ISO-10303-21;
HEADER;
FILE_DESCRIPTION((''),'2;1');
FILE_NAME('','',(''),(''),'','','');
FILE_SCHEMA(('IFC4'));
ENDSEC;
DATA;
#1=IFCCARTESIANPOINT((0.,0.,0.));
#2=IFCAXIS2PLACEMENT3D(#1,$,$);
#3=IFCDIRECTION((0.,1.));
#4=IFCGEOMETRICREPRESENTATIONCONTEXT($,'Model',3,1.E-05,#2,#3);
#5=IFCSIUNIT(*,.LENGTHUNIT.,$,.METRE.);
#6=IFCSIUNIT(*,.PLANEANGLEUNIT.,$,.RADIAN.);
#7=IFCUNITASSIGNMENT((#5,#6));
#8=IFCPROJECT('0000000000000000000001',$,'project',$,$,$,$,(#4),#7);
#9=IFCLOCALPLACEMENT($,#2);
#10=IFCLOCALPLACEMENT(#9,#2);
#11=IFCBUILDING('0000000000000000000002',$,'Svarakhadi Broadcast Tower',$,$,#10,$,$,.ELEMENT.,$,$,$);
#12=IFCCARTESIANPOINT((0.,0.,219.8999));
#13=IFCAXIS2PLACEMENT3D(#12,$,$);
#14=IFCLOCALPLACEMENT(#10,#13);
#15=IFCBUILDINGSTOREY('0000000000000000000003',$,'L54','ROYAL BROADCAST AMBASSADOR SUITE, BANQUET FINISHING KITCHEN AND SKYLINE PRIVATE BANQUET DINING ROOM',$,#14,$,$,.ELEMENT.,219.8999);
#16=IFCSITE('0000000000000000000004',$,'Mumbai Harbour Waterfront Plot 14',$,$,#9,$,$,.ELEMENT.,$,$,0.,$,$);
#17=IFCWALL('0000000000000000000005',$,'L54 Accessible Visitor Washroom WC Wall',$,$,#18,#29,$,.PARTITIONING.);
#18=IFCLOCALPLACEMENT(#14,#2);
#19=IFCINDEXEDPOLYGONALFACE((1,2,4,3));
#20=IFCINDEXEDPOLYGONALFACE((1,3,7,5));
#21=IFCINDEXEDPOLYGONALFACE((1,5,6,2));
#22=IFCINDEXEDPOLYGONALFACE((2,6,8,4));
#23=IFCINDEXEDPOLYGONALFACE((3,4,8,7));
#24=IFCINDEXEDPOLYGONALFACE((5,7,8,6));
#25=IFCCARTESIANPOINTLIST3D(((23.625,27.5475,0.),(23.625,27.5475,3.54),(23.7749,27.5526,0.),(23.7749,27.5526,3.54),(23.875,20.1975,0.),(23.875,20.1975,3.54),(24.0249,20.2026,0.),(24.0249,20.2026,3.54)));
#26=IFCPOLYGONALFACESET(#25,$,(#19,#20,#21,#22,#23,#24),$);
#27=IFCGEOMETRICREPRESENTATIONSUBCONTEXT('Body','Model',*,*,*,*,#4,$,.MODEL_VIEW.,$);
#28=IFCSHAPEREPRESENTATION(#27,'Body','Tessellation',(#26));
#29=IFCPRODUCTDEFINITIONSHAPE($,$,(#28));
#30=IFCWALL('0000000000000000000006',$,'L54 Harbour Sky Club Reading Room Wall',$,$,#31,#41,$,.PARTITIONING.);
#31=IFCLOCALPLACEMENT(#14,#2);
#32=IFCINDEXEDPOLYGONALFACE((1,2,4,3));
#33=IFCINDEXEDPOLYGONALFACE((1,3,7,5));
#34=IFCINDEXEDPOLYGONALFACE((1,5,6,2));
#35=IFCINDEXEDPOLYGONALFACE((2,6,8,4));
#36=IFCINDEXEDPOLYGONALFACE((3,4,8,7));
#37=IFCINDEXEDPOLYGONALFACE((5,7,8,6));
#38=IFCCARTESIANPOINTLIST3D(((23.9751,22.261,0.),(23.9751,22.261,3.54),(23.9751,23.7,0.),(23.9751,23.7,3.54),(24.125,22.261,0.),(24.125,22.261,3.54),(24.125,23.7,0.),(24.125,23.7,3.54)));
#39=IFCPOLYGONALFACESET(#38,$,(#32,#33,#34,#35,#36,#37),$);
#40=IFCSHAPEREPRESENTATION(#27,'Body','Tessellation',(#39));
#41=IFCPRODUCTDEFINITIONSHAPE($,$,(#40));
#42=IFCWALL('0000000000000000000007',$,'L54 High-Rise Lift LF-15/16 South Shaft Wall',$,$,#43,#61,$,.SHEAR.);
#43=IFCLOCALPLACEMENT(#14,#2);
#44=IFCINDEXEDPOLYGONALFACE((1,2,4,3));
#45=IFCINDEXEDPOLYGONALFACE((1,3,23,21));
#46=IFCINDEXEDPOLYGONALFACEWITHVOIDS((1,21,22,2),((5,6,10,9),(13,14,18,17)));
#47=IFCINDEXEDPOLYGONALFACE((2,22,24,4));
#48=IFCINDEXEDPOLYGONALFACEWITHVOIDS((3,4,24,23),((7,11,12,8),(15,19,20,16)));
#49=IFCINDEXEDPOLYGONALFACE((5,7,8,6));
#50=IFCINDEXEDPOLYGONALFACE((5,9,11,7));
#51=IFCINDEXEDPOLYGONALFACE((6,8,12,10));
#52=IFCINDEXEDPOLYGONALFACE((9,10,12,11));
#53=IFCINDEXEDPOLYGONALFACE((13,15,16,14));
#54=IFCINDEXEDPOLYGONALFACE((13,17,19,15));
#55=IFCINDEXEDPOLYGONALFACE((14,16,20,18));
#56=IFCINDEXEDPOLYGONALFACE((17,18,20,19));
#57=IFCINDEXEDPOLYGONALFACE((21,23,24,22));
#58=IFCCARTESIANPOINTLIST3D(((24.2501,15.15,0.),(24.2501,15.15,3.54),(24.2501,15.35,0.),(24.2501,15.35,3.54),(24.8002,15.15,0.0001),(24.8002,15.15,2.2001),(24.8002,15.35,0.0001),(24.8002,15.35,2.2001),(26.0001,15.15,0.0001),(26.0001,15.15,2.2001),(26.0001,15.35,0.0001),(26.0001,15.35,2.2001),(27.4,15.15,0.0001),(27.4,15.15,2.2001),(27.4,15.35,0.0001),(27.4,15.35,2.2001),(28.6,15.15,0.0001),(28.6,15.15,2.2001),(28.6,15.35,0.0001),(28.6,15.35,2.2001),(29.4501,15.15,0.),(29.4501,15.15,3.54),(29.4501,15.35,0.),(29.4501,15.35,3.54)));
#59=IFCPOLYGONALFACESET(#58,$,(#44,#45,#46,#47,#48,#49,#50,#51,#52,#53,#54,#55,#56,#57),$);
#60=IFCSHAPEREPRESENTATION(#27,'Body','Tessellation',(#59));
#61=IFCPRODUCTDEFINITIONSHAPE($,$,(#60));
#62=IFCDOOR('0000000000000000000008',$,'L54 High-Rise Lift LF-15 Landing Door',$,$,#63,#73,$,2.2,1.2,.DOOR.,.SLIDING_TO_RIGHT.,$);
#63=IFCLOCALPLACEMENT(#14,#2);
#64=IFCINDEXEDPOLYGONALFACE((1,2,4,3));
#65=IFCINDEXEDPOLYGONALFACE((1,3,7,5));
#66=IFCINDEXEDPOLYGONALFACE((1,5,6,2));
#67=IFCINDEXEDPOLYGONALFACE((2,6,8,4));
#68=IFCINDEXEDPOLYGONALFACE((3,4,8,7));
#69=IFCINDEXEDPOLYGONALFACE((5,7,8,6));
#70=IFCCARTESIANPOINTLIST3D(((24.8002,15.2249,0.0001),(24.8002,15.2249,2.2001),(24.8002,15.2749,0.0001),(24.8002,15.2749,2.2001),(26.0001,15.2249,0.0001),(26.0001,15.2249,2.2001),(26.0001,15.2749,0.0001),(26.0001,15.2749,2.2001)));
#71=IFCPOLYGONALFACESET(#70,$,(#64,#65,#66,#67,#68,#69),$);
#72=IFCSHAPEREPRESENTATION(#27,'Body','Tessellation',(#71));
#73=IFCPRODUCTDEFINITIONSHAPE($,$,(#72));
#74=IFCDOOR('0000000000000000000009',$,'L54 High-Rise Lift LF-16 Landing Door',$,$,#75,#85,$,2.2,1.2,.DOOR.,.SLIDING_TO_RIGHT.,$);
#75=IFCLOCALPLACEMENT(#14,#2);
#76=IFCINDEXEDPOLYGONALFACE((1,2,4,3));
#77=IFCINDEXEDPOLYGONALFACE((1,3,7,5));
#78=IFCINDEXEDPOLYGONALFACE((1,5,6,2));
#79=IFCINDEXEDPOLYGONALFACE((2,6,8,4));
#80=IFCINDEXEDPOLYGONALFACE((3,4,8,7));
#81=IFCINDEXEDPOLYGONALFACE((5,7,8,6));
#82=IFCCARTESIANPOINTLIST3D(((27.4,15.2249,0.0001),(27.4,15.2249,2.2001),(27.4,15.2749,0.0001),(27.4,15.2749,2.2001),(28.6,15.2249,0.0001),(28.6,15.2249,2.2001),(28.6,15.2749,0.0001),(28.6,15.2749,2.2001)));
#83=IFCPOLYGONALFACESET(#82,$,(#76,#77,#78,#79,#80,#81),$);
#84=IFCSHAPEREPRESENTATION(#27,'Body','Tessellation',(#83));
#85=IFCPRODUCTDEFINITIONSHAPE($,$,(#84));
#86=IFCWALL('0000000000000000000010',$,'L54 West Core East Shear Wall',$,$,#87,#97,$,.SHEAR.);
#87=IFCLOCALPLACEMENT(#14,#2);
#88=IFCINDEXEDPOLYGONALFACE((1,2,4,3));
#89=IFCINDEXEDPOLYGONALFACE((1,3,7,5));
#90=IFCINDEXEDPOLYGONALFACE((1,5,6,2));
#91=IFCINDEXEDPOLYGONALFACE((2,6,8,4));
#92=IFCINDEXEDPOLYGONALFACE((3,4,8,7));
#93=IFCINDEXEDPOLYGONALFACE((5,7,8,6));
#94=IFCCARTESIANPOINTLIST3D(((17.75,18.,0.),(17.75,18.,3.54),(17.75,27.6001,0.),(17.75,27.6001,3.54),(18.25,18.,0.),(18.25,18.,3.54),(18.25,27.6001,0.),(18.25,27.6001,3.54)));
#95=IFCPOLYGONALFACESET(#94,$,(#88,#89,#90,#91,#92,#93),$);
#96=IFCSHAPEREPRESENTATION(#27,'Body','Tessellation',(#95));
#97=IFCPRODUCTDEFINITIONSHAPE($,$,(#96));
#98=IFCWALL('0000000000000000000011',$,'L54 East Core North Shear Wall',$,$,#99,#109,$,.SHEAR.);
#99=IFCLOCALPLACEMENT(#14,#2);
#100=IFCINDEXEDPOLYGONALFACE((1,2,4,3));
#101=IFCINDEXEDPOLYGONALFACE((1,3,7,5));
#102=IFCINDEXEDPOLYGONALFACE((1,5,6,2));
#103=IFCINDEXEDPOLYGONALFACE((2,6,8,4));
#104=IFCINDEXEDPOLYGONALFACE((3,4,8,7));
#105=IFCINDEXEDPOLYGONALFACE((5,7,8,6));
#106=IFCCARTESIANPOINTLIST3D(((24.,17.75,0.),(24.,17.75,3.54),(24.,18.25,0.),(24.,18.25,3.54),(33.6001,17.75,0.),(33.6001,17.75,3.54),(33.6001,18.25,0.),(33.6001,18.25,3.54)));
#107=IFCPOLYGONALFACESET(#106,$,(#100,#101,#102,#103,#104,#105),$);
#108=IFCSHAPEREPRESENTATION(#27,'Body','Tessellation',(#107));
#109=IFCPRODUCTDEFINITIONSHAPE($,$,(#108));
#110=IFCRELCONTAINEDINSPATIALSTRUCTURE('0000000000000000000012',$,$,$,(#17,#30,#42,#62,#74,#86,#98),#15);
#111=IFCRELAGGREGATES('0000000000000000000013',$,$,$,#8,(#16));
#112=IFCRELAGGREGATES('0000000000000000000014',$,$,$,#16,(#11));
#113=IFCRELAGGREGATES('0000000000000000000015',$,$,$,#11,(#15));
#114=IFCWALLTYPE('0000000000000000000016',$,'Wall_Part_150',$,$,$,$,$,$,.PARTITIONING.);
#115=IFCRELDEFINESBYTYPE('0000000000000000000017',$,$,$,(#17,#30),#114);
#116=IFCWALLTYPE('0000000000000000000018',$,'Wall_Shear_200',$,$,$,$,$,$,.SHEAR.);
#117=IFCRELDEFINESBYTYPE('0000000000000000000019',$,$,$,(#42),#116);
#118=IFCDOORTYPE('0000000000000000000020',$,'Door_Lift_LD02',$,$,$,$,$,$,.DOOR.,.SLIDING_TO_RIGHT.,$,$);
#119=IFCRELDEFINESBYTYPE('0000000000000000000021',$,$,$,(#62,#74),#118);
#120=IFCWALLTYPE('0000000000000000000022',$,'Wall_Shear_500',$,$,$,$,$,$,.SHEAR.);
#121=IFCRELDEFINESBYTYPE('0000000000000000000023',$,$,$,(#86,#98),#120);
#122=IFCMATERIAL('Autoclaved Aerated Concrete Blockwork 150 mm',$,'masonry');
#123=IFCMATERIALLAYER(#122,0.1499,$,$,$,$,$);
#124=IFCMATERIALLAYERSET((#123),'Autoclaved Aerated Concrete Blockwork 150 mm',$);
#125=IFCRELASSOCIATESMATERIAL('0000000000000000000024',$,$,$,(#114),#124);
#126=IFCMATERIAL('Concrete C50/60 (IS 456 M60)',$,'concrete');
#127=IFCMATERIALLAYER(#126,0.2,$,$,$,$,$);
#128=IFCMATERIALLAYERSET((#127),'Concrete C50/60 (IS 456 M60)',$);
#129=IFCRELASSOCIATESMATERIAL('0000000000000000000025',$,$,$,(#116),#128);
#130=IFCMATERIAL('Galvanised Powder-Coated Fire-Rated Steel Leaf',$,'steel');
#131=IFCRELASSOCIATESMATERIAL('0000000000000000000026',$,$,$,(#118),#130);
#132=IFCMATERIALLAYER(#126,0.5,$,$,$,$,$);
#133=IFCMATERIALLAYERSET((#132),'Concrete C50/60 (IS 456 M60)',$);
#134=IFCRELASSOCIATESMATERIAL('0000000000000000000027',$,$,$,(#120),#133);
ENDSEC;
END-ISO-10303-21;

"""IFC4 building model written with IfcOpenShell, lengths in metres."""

from ifc_helpers import new_model, si_unit, direction, frame, frame_2d, origin, place, context, subcontext, project, spatial, rectangle, extrude, material, layer, layer_set, type_object, element, fill, save


model = new_model("IFC4")

# Units and contexts
model_context = context("Model", 3, precision=1e-05, world=origin(), true_north=direction((0.0, 1.0)))
body_context = subcontext(model_context, "Body", "Model", "MODEL_VIEW")
ifc_project = project(units=[si_unit("LENGTHUNIT", "METRE"), si_unit("PLANEANGLEUNIT", "RADIAN")], contexts=[model_context])

# Site, building, storey
site_placement = place(None, origin())
site = spatial("IfcSite", under=ifc_project, at=site_placement, Name="Mumbai Harbour Waterfront Plot 14", CompositionType="ELEMENT", RefElevation=0.0)
building_placement = place(site_placement, origin())
building = spatial("IfcBuilding", under=site, at=building_placement, Name="Svarakhadi Broadcast Tower", CompositionType="ELEMENT")
storey_placement = place(building_placement, frame((0.0, 0.0, 219.8999)))
storey = spatial("IfcBuildingStorey", under=building, at=storey_placement, Name="L54", Description="ROYAL BROADCAST AMBASSADOR SUITE, BANQUET FINISHING KITCHEN AND SKYLINE PRIVATE BANQUET DINING ROOM", CompositionType="ELEMENT", Elevation=219.8999)

# Shared definitions
ifc_material_1 = material(Name="Concrete C50/60 (IS 456 M60)", Category="concrete")

# Walls
ifc_material_2 = material(Name="Autoclaved Aerated Concrete Blockwork 150 mm", Category="masonry")
ifc_layer_1 = layer(ifc_material_2, 0.1499)
ifc_layer_set_1 = layer_set([ifc_layer_1], Name="Autoclaved Aerated Concrete Blockwork 150 mm")
wall_type_1 = type_object("IfcWallType", Name="Wall_Part_150", PredefinedType="PARTITIONING", material=ifc_layer_set_1)
wall_1_placement = place(storey_placement, frame((23.95, 20.2, 0.0), z_axis=(0.0, 0.0, 1.0), x_axis=(-0.033993, 0.999422, 0.0)))
element("IfcWall", 1, at=wall_1_placement, inside=storey, type_object=wall_type_1, Name="L54 Accessible Visitor Washroom WC Wall", PredefinedType="PARTITIONING", context=body_context, shape_type="SweptSolid", body=[
    extrude(rectangle(XDim=7.3542, YDim=0.1499, at=frame_2d((3.6772, 0.0))), origin(), (0.0, 0.0, 1.0), 3.54),
])
wall_2_placement = place(storey_placement, frame((24.05, 22.261, 0.0), z_axis=(0.0, 0.0, 1.0), x_axis=(0.0, 1.0, 0.0)))
element("IfcWall", 2, at=wall_2_placement, inside=storey, type_object=wall_type_1, Name="L54 Harbour Sky Club Reading Room Wall", PredefinedType="PARTITIONING", context=body_context, shape_type="SweptSolid", body=[
    extrude(rectangle(XDim=1.439, YDim=0.1499, at=frame_2d((0.7195, 0.0))), origin(), (0.0, 0.0, 1.0), 3.54),
])

# Wall, openings, doors
ifc_layer_2 = layer(ifc_material_1, 0.2)
ifc_layer_set_2 = layer_set([ifc_layer_2], Name="Concrete C50/60 (IS 456 M60)")
wall_type_2 = type_object("IfcWallType", Name="Wall_Shear_200", PredefinedType="SHEAR", material=ifc_layer_set_2)
wall_3_placement = place(storey_placement, frame((24.25, 15.25, 0.0), z_axis=(0.0, 0.0, 1.0), x_axis=(1.0, 0.0, 0.0)))
wall_3 = element("IfcWall", 3, at=wall_3_placement, inside=storey, type_object=wall_type_2, Name="L54 High-Rise Lift LF-15/16 South Shaft Wall", PredefinedType="SHEAR", context=body_context, shape_type="SweptSolid", body=[
    extrude(rectangle(XDim=5.2, YDim=0.2, at=frame_2d((2.6001, 0.0))), origin(), (0.0, 0.0, 1.0), 3.54),
])
opening_1_placement = place(wall_3_placement, frame((0.55, 0.0, 0.0)))
opening_1 = element("IfcOpeningElement", 4, at=opening_1_placement, cuts=wall_3, PredefinedType="OPENING", context=body_context, shape_type="SweptSolid", body=[
    extrude(rectangle(XDim=1.2, YDim=2.2, at=frame_2d((0.6001, 1.1001))), frame((0.0, 0.1099, 0.0), z_axis=(0.0, -1.0, 0.0), x_axis=(1.0, 0.0, 0.0)), (0.0, 0.0, 1.0), 0.22),
])
opening_2_placement = place(wall_3_placement, frame((3.1499, 0.0, 0.0)))
opening_2 = element("IfcOpeningElement", 5, at=opening_2_placement, cuts=wall_3, PredefinedType="OPENING", context=body_context, shape_type="SweptSolid", body=[
    extrude(rectangle(XDim=1.2, YDim=2.2, at=frame_2d((0.6001, 1.1001))), frame((0.0, 0.1099, 0.0), z_axis=(0.0, -1.0, 0.0), x_axis=(1.0, 0.0, 0.0)), (0.0, 0.0, 1.0), 0.22),
])
ifc_material_3 = material(Name="Galvanised Powder-Coated Fire-Rated Steel Leaf", Category="steel")
door_type_1 = type_object("IfcDoorType", Name="Door_Lift_LD02", OperationType="SLIDING_TO_RIGHT", PredefinedType="DOOR", material=ifc_material_3)
door_1_placement = place(opening_1_placement, origin())
door_1 = element("IfcDoor", 6, at=door_1_placement, inside=storey, type_object=door_type_1, Name="L54 High-Rise Lift LF-15 Landing Door", OperationType="SLIDING_TO_RIGHT", OverallHeight=2.2, OverallWidth=1.2, PredefinedType="DOOR", context=body_context, shape_type="SweptSolid", body=[
    extrude(rectangle(XDim=1.2, YDim=2.2, at=frame_2d((0.6001, 1.1001))), frame((0.0, 0.0249, 0.0), z_axis=(0.0, -1.0, 0.0), x_axis=(1.0, 0.0, 0.0)), (0.0, 0.0, 1.0), 0.05),
])
fill(opening_1, door_1)
door_2_placement = place(opening_2_placement, origin())
door_2 = element("IfcDoor", 7, at=door_2_placement, inside=storey, type_object=door_type_1, Name="L54 High-Rise Lift LF-16 Landing Door", OperationType="SLIDING_TO_RIGHT", OverallHeight=2.2, OverallWidth=1.2, PredefinedType="DOOR", context=body_context, shape_type="SweptSolid", body=[
    extrude(rectangle(XDim=1.2, YDim=2.2, at=frame_2d((0.6001, 1.1001))), frame((0.0, 0.0249, 0.0), z_axis=(0.0, -1.0, 0.0), x_axis=(1.0, 0.0, 0.0)), (0.0, 0.0, 1.0), 0.05),
])
fill(opening_2, door_2)

# Walls
ifc_layer_3 = layer(ifc_material_1, 0.5)
ifc_layer_set_3 = layer_set([ifc_layer_3], Name="Concrete C50/60 (IS 456 M60)")
wall_type_3 = type_object("IfcWallType", Name="Wall_Shear_500", PredefinedType="SHEAR", material=ifc_layer_set_3)
for number, where, z_axis, x_axis, name in (
    (8, (18.0, 18.0, 0.0), (0.0, 0.0, 1.0), (0.0, 1.0, 0.0), "L54 West Core East Shear Wall"),
    (9, (24.0, 18.0, 0.0), (0.0, 0.0, 1.0), (1.0, 0.0, 0.0), "L54 East Core North Shear Wall"),
):
    element("IfcWall", number, at=place(storey_placement, frame(where, z_axis=z_axis, x_axis=x_axis)), inside=storey, type_object=wall_type_3, Name=name, PredefinedType="SHEAR", context=body_context, shape_type="SweptSolid", body=[
        extrude(rectangle(XDim=9.6001, YDim=0.5, at=frame_2d((4.8, 0.0))), origin(), (0.0, 0.0, 1.0), 3.54),
    ])

save(model, "model.ifc")
